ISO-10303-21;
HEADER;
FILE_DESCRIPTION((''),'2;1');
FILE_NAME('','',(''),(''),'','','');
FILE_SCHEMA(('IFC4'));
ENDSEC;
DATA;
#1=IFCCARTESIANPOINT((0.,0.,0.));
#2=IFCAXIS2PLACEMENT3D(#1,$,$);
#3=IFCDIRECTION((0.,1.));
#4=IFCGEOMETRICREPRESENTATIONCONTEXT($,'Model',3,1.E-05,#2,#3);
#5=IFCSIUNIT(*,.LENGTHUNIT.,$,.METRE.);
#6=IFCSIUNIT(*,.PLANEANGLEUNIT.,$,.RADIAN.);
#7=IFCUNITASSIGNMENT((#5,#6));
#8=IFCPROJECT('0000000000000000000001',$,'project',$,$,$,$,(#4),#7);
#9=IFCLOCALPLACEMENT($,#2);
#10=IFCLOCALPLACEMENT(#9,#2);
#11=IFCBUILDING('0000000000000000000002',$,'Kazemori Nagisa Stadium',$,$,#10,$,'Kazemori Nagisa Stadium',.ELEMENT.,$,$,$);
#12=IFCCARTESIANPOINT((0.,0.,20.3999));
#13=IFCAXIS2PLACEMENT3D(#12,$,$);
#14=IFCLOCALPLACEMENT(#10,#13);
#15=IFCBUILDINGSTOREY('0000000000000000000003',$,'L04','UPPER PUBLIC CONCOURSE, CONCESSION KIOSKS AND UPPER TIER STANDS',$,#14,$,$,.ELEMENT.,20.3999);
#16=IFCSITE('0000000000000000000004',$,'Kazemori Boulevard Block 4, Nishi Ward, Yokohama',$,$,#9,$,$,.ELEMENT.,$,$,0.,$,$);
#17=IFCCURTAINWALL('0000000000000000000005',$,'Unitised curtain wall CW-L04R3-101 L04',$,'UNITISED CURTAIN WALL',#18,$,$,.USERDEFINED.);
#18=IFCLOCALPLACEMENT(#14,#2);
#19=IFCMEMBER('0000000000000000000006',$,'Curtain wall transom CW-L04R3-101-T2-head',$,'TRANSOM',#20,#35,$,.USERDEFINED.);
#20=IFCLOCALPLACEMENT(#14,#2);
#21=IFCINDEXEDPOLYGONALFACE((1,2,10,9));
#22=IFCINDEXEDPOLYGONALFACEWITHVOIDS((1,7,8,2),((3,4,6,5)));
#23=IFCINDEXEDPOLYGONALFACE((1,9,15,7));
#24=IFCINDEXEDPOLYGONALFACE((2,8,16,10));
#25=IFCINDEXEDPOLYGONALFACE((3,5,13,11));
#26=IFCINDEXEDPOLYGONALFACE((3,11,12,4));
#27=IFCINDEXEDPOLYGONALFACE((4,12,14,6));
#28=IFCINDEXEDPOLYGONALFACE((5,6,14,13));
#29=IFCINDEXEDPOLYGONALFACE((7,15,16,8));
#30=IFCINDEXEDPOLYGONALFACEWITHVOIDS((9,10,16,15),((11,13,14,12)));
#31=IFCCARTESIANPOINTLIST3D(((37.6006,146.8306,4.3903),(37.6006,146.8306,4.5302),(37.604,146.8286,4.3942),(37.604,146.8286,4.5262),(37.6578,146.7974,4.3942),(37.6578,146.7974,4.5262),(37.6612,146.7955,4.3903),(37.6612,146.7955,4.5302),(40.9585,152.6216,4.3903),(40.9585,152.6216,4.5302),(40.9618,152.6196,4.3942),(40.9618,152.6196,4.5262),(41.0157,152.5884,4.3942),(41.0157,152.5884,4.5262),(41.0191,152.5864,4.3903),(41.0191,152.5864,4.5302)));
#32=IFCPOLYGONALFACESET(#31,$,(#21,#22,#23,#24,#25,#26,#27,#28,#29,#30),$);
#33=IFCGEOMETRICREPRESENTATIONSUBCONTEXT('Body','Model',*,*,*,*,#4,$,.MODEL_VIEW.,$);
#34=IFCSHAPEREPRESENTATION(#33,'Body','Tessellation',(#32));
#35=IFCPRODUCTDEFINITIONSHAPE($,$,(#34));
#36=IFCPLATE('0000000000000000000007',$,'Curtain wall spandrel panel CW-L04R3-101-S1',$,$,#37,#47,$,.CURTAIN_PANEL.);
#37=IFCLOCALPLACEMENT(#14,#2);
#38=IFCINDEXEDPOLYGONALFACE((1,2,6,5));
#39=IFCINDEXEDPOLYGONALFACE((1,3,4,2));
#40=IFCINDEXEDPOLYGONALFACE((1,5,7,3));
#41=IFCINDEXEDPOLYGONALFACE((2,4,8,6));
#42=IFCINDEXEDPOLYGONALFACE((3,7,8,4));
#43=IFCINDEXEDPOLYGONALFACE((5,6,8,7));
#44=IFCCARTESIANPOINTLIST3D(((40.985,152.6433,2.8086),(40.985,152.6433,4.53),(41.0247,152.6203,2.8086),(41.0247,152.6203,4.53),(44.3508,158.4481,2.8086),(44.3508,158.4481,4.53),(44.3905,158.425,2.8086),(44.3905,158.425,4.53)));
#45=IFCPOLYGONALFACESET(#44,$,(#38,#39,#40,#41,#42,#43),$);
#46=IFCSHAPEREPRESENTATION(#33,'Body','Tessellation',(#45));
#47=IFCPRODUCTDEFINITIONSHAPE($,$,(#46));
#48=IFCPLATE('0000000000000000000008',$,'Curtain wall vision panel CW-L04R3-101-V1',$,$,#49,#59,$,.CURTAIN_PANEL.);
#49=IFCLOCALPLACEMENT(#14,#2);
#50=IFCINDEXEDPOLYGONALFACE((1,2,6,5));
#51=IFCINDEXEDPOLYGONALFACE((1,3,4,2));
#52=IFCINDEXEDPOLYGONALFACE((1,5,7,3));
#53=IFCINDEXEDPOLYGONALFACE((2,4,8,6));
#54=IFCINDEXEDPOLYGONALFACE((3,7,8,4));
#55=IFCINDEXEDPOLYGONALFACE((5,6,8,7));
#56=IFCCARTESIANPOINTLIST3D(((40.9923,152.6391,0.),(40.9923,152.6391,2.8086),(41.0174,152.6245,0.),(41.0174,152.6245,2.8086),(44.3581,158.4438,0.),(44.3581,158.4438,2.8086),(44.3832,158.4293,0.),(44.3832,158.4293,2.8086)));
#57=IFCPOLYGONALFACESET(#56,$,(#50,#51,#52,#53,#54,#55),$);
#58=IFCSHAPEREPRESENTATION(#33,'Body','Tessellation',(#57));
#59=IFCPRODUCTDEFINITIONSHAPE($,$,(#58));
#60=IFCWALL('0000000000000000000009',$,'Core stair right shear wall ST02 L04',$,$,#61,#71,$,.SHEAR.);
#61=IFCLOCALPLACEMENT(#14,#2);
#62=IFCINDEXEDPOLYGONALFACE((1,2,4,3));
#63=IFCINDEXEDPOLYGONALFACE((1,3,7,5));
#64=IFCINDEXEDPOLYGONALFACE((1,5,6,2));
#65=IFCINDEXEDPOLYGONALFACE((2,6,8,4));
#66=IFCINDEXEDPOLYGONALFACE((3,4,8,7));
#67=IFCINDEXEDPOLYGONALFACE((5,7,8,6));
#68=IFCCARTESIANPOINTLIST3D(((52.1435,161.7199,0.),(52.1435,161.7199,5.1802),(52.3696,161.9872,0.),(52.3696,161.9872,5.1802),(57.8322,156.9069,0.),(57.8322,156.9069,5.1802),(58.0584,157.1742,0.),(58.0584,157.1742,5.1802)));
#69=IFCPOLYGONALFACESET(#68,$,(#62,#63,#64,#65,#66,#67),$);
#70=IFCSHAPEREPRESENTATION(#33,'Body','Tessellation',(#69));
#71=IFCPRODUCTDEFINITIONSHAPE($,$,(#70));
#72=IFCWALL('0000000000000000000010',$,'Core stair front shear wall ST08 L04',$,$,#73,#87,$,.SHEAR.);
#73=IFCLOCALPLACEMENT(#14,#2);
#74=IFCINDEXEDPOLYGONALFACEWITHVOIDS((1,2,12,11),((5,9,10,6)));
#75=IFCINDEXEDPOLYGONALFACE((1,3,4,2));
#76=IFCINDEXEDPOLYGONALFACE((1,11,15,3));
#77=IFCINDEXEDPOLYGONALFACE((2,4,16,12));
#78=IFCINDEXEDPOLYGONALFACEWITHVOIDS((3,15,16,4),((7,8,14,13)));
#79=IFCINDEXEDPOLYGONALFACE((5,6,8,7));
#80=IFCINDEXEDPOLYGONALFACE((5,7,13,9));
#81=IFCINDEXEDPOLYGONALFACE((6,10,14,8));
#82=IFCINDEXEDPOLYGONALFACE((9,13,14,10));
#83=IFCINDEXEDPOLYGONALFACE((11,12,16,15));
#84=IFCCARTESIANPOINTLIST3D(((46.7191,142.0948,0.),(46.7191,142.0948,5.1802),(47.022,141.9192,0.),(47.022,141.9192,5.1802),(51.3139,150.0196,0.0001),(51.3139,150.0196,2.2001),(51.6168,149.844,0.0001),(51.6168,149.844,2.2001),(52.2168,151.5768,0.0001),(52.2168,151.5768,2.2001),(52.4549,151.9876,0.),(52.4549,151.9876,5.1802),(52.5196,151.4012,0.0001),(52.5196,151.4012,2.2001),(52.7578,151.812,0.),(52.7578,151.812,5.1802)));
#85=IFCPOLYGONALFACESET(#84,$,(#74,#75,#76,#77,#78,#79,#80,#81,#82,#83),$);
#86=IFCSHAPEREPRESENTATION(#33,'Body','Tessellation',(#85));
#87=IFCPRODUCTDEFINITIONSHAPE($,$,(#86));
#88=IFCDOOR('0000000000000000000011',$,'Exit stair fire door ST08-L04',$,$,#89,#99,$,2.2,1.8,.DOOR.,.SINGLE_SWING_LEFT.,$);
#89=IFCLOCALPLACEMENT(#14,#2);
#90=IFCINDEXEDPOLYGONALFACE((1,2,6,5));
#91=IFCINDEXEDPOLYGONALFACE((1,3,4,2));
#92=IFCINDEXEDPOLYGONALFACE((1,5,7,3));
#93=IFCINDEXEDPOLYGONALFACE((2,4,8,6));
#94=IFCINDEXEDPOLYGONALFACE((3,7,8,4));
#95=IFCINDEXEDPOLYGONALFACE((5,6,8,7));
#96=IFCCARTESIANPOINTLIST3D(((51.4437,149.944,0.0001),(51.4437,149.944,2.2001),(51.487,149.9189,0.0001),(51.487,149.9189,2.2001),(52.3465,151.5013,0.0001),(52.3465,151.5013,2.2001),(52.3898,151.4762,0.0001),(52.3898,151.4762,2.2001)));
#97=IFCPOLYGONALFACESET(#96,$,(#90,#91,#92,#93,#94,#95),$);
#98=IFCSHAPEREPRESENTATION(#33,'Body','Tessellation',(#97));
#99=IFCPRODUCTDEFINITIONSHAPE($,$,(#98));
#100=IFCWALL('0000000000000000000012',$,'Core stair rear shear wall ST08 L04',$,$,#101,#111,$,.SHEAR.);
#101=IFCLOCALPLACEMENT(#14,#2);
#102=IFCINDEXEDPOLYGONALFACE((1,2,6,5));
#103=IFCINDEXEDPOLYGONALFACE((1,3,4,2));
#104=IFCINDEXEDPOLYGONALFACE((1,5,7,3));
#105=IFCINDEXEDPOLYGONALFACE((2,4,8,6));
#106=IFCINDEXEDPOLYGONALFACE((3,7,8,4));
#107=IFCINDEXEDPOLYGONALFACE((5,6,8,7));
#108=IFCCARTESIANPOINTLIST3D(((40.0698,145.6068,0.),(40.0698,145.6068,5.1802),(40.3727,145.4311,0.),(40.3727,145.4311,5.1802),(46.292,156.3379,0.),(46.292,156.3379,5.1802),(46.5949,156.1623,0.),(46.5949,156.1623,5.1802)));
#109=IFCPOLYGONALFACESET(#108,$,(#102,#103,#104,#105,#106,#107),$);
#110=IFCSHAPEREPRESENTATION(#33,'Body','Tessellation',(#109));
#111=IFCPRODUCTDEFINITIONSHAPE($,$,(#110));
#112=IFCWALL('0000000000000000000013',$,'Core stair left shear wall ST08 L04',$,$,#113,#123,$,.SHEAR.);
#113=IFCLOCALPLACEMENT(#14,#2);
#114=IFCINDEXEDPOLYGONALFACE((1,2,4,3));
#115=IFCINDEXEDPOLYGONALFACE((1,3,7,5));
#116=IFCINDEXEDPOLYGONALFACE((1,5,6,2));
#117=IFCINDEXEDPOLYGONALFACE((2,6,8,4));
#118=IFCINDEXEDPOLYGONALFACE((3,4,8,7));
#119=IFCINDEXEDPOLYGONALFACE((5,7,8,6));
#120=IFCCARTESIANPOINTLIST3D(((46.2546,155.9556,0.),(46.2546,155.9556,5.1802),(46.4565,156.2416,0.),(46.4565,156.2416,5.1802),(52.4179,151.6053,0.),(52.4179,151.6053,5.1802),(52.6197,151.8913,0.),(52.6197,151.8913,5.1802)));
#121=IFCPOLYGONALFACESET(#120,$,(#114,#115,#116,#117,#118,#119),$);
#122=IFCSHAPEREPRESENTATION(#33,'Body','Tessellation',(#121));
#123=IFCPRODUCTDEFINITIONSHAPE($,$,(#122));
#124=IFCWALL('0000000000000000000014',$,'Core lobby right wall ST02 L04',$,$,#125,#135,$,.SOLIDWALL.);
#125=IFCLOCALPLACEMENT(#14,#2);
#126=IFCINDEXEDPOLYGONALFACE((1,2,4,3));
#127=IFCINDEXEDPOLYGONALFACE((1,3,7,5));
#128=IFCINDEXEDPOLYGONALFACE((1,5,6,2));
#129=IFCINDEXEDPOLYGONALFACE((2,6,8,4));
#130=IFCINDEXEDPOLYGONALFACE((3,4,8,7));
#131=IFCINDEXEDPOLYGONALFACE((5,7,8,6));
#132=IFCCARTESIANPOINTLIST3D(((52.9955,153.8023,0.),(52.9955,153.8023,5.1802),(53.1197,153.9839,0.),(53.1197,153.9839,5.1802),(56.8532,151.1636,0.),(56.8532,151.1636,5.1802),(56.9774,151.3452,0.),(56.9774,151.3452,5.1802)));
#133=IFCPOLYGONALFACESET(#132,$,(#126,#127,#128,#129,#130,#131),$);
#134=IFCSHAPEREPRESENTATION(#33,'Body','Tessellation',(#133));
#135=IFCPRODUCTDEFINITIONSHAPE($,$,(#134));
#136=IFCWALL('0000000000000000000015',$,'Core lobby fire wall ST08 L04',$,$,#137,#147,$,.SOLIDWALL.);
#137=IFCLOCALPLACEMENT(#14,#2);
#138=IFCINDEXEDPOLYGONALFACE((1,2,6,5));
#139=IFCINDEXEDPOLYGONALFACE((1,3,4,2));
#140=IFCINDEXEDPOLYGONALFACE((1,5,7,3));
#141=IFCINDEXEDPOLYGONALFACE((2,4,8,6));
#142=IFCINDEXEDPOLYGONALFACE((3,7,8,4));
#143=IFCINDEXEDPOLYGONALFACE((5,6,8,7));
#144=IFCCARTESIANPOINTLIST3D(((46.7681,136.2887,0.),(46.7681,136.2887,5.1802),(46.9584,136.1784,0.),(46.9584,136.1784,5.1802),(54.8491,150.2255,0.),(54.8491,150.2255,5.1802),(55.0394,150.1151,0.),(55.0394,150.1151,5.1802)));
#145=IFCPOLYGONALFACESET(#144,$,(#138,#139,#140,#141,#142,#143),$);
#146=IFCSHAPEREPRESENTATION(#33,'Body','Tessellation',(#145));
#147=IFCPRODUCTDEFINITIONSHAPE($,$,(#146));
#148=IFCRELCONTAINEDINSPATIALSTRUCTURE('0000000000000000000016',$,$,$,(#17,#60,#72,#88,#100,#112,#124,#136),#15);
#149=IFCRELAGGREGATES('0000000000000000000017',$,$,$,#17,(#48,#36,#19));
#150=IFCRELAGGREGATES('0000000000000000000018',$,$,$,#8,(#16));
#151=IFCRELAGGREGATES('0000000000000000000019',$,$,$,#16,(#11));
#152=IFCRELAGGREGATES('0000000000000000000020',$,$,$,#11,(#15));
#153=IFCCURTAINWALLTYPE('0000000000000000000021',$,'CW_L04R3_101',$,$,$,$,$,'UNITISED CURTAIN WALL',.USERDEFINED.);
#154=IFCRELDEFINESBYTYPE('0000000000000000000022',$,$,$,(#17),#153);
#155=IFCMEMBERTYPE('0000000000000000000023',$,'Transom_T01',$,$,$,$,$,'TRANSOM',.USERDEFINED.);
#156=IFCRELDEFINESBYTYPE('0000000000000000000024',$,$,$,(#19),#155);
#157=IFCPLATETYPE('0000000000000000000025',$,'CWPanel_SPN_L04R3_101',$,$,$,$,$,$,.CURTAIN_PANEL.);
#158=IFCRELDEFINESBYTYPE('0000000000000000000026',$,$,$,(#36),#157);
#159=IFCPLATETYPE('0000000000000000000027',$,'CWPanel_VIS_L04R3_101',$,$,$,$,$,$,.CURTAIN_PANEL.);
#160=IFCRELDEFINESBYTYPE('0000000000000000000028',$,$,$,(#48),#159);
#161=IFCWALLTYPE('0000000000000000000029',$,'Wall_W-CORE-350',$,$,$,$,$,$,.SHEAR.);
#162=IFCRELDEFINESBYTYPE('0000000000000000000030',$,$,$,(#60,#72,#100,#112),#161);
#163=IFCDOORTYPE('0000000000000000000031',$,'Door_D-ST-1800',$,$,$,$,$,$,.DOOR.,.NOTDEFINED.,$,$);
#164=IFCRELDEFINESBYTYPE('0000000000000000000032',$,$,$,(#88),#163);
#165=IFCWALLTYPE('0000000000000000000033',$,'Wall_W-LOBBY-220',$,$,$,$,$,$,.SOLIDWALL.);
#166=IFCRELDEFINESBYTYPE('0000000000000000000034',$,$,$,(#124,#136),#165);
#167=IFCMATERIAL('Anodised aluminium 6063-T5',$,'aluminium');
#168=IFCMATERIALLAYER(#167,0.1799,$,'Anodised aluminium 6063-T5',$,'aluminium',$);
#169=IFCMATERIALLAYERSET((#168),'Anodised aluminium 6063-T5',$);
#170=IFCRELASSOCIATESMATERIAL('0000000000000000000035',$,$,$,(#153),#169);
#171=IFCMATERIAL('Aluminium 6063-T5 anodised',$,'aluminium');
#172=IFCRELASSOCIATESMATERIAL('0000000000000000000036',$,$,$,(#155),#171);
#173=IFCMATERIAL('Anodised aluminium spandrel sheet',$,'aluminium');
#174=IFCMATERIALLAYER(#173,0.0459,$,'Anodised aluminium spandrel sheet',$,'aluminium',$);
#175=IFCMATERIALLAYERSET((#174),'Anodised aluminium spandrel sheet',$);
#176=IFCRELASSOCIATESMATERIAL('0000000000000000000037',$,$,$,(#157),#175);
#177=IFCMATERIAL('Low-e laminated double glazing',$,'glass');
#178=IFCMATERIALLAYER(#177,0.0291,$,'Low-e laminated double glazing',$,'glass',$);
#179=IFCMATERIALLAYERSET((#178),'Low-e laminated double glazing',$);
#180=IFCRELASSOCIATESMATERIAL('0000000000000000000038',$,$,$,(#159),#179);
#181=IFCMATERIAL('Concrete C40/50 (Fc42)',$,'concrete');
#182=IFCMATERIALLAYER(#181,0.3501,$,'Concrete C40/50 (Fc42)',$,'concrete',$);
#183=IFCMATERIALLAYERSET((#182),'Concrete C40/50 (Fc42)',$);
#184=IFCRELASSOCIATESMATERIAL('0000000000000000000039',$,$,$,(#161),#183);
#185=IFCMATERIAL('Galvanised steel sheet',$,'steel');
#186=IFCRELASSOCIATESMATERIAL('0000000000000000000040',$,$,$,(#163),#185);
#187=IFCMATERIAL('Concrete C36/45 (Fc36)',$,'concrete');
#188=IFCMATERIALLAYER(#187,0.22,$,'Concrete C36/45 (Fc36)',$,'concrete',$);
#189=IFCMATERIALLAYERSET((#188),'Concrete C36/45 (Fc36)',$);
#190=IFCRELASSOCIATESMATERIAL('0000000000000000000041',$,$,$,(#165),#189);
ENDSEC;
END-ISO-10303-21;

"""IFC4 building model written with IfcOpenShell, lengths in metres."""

from ifc_helpers import new_model, si_unit, direction, frame, frame_2d, origin, origin_2d, place, context, subcontext, project, spatial, rectangle, hollow_rectangle, extrude, material, layer, layer_set, material_profile, profile_set, type_object, element, fill, aggregate, save


model = new_model("IFC4")

# Units and contexts
model_context = context("Model", 3, precision=1e-05, world=origin(), true_north=direction((0.0, 1.0)))
body_context = subcontext(model_context, "Body", "Model", "MODEL_VIEW")
ifc_project = project(units=[si_unit("LENGTHUNIT", "METRE"), si_unit("PLANEANGLEUNIT", "RADIAN")], contexts=[model_context])

# Site, building, storey
site_placement = place(None, origin())
site = spatial("IfcSite", under=ifc_project, at=site_placement, Name="Kazemori Boulevard Block 4, Nishi Ward, Yokohama", CompositionType="ELEMENT", RefElevation=0.0)
building_placement = place(site_placement, origin())
building = spatial("IfcBuilding", under=site, at=building_placement, Name="Kazemori Nagisa Stadium", LongName="Kazemori Nagisa Stadium", CompositionType="ELEMENT")
storey_placement = place(building_placement, frame((0.0, 0.0, 20.3999)))
storey = spatial("IfcBuildingStorey", under=building, at=storey_placement, Name="L04", Description="UPPER PUBLIC CONCOURSE, CONCESSION KIOSKS AND UPPER TIER STANDS", CompositionType="ELEMENT", Elevation=20.3999)

# Curtain wall, member, plates
ifc_material_1 = material(Name="Anodised aluminium 6063-T5", Category="aluminium")
ifc_layer_1 = layer(ifc_material_1, 0.1799, Name="Anodised aluminium 6063-T5", Category="aluminium")
ifc_layer_set_1 = layer_set([ifc_layer_1], Name="Anodised aluminium 6063-T5")
curtain_wall_type = type_object("IfcCurtainWallType", Name="CW_L04R3_101", ElementType="UNITISED CURTAIN WALL", PredefinedType="USERDEFINED", material=ifc_layer_set_1)
curtain_wall_placement = place(storey_placement, origin())
curtain_wall = element("IfcCurtainWall", 1, at=curtain_wall_placement, inside=storey, type_object=curtain_wall_type, Name="Unitised curtain wall CW-L04R3-101 L04", ObjectType="UNITISED CURTAIN WALL", PredefinedType="USERDEFINED")
ifc_material_2 = material(Name="Aluminium 6063-T5 anodised", Category="aluminium")
ifc_material_profile_1 = material_profile(ifc_material_2, hollow_rectangle(XDim=0.0701, YDim=0.1399, WallThickness=0.0039, at=origin_2d()), Name="ALU-TRAN-70x140x4")
ifc_profile_set_1 = profile_set([ifc_material_profile_1], Name="Aluminium 6063-T5 anodised")
member_type_1 = type_object("IfcMemberType", Name="Transom_T01", ElementType="TRANSOM", PredefinedType="USERDEFINED", material=ifc_profile_set_1)
member_1_placement = place(storey_placement, frame((40.9888, 152.604, 4.4602), z_axis=(-0.50162, -0.865088, 0.0), x_axis=(0.865088, -0.50162, 0.0)))
member_1 = element("IfcMember", 2, at=member_1_placement, type_object=member_type_1, Name="Curtain wall transom CW-L04R3-101-T2-head", ObjectType="TRANSOM", PredefinedType="USERDEFINED", context=body_context, shape_type="SweptSolid", body=[
    extrude(hollow_rectangle(XDim=0.0701, YDim=0.1399, WallThickness=0.0039, at=origin_2d()), origin(), (0.0, 0.0, 1.0), 6.6941),
])
ifc_material_3 = material(Name="Anodised aluminium spandrel sheet", Category="aluminium")
ifc_layer_2 = layer(ifc_material_3, 0.0459, Name="Anodised aluminium spandrel sheet", Category="aluminium")
ifc_layer_set_2 = layer_set([ifc_layer_2], Name="Anodised aluminium spandrel sheet")
plate_type_1 = type_object("IfcPlateType", Name="CWPanel_SPN_L04R3_101", PredefinedType="CURTAIN_PANEL", material=ifc_layer_set_2)
plate_1_placement = place(storey_placement, frame((42.6877, 155.5342, 2.8086), z_axis=(0.0, 0.0, 1.0), x_axis=(-0.501612, -0.865093, 0.0)))
plate_1 = element("IfcPlate", 3, at=plate_1_placement, type_object=plate_type_1, Name="Curtain wall spandrel panel CW-L04R3-101-S1", PredefinedType="CURTAIN_PANEL", context=body_context, shape_type="SweptSolid", body=[
    extrude(rectangle(XDim=6.71, YDim=0.0459, at=origin_2d()), origin(), (0.0, 0.0, 1.0), 1.7214),
])
ifc_material_4 = material(Name="Low-e laminated double glazing", Category="glass")
ifc_layer_3 = layer(ifc_material_4, 0.0291, Name="Low-e laminated double glazing", Category="glass")
ifc_layer_set_3 = layer_set([ifc_layer_3], Name="Low-e laminated double glazing")
plate_type_2 = type_object("IfcPlateType", Name="CWPanel_VIS_L04R3_101", PredefinedType="CURTAIN_PANEL", material=ifc_layer_set_3)
plate_2_placement = place(storey_placement, frame((42.6877, 155.5342, 0.0), z_axis=(0.0, 0.0, 1.0), x_axis=(-0.501612, -0.865093, 0.0)))
plate_2 = element("IfcPlate", 4, at=plate_2_placement, type_object=plate_type_2, Name="Curtain wall vision panel CW-L04R3-101-V1", PredefinedType="CURTAIN_PANEL", context=body_context, shape_type="SweptSolid", body=[
    extrude(rectangle(XDim=6.71, YDim=0.0291, at=origin_2d()), origin(), (0.0, 0.0, 1.0), 2.8086),
])
aggregate(curtain_wall, [plate_2, plate_1, member_1])

# Wall
ifc_material_5 = material(Name="Concrete C40/50 (Fc42)", Category="concrete")
ifc_layer_4 = layer(ifc_material_5, 0.3501, Name="Concrete C40/50 (Fc42)", Category="concrete")
ifc_layer_set_4 = layer_set([ifc_layer_4], Name="Concrete C40/50 (Fc42)")
wall_type_1 = type_object("IfcWallType", Name="Wall_W-CORE-350", PredefinedType="SHEAR", material=ifc_layer_set_4)
wall_1_placement = place(storey_placement, frame((57.9453, 157.0405, 0.0), z_axis=(0.0, 0.0, 1.0), x_axis=(-0.763422, 0.6459, 0.0)))
element("IfcWall", 5, at=wall_1_placement, inside=storey, type_object=wall_type_1, Name="Core stair right shear wall ST02 L04", PredefinedType="SHEAR", context=body_context, shape_type="SweptSolid", body=[
    extrude(rectangle(XDim=7.4517, YDim=0.3501, at=frame_2d((3.7258, 0.0))), origin(), (0.0, 0.0, 1.0), 5.1802),
])

# Wall, opening, door
wall_2_placement = place(storey_placement, frame((52.6064, 151.8999, 0.0), z_axis=(0.0, 0.0, 1.0), x_axis=(-0.501587, -0.865107, 0.0)))
wall_2 = element("IfcWall", 6, at=wall_2_placement, inside=storey, type_object=wall_type_1, Name="Core stair front shear wall ST08 L04", PredefinedType="SHEAR", context=body_context, shape_type="SweptSolid", body=[
    extrude(rectangle(XDim=11.4353, YDim=0.3501, at=frame_2d((5.7178, 0.0))), origin(), (0.0, 0.0, 1.0), 5.1802),
])
opening_1_placement = place(wall_2_placement, frame((0.4751, 0.0, 0.0)))
opening_1 = element("IfcOpeningElement", 7, at=opening_1_placement, cuts=wall_2, PredefinedType="OPENING", context=body_context, shape_type="SweptSolid", body=[
    extrude(rectangle(XDim=1.8, YDim=2.2, at=frame_2d((0.8999, 1.1001))), frame((0.0, 0.1851, 0.0), z_axis=(0.0, -1.0, 0.0), x_axis=(1.0, 0.0, 0.0)), (0.0, 0.0, 1.0), 0.3701),
])
ifc_material_6 = material(Name="Galvanised steel sheet", Category="steel")
door_type_1 = type_object("IfcDoorType", Name="Door_D-ST-1800", OperationType="NOTDEFINED", PredefinedType="DOOR", material=ifc_material_6)
door_1_placement = place(opening_1_placement, frame((1.8, 0.0, 0.0), z_axis=(0.0, 0.0, 1.0), x_axis=(-1.0, 0.0, 0.0)))
door_1 = element("IfcDoor", 8, at=door_1_placement, inside=storey, type_object=door_type_1, Name="Exit stair fire door ST08-L04", OperationType="SINGLE_SWING_LEFT", OverallHeight=2.2, OverallWidth=1.8, PredefinedType="DOOR", context=body_context, shape_type="SweptSolid", body=[
    extrude(rectangle(XDim=1.8, YDim=2.2, at=frame_2d((0.8999, 1.1001))), frame((0.0, 0.0249, 0.0), z_axis=(0.0, -1.0, 0.0), x_axis=(1.0, 0.0, 0.0)), (0.0, 0.0, 1.0), 0.05),
])
fill(opening_1, door_1)

# Walls
wall_3_placement = place(storey_placement, frame((46.4434, 156.25, 0.0), z_axis=(0.0, 0.0, 1.0), x_axis=(-0.501602, -0.865099, 0.0)))
element("IfcWall", 9, at=wall_3_placement, inside=storey, type_object=wall_type_1, Name="Core stair rear shear wall ST08 L04", PredefinedType="SHEAR", context=body_context, shape_type="SweptSolid", body=[
    extrude(rectangle(XDim=12.4045, YDim=0.3501, at=frame_2d((6.2021, 0.0))), origin(), (0.0, 0.0, 1.0), 5.1802),
])
wall_4_placement = place(storey_placement, frame((52.5188, 151.7483, 0.0), z_axis=(0.0, 0.0, 1.0), x_axis=(-0.816983, 0.576662, 0.0)))
element("IfcWall", 10, at=wall_4_placement, inside=storey, type_object=wall_type_1, Name="Core stair left shear wall ST08 L04", PredefinedType="SHEAR", context=body_context, shape_type="SweptSolid", body=[
    extrude(rectangle(XDim=7.5439, YDim=0.3501, at=frame_2d((3.772, 0.0))), origin(), (0.0, 0.0, 1.0), 5.1802),
])
ifc_material_7 = material(Name="Concrete C36/45 (Fc36)", Category="concrete")
ifc_layer_5 = layer(ifc_material_7, 0.22, Name="Concrete C36/45 (Fc36)", Category="concrete")
ifc_layer_set_5 = layer_set([ifc_layer_5], Name="Concrete C36/45 (Fc36)")
wall_type_2 = type_object("IfcWallType", Name="Wall_W-LOBBY-220", PredefinedType="SOLIDWALL", material=ifc_layer_set_5)
wall_5_placement = place(storey_placement, frame((56.9153, 151.2544, 0.0), z_axis=(0.0, 0.0, 1.0), x_axis=(-0.825385, 0.56457, 0.0)))
element("IfcWall", 11, at=wall_5_placement, inside=storey, type_object=wall_type_2, Name="Core lobby right wall ST02 L04", PredefinedType="SOLIDWALL", context=body_context, shape_type="SweptSolid", body=[
    extrude(rectangle(XDim=4.6738, YDim=0.22, at=frame_2d((2.3369, 0.0))), origin(), (0.0, 0.0, 1.0), 5.1802),
])
wall_6_placement = place(storey_placement, frame((54.9443, 150.1704, 0.0), z_axis=(0.0, 0.0, 1.0), x_axis=(-0.501613, -0.865092, 0.0)))
element("IfcWall", 12, at=wall_6_placement, inside=storey, type_object=wall_type_2, Name="Core lobby fire wall ST08 L04", PredefinedType="SOLIDWALL", context=body_context, shape_type="SweptSolid", body=[
    extrude(rectangle(XDim=16.1101, YDim=0.22, at=frame_2d((8.0552, 0.0))), origin(), (0.0, 0.0, 1.0), 5.1802),
])

save(model, "model.ifc")
